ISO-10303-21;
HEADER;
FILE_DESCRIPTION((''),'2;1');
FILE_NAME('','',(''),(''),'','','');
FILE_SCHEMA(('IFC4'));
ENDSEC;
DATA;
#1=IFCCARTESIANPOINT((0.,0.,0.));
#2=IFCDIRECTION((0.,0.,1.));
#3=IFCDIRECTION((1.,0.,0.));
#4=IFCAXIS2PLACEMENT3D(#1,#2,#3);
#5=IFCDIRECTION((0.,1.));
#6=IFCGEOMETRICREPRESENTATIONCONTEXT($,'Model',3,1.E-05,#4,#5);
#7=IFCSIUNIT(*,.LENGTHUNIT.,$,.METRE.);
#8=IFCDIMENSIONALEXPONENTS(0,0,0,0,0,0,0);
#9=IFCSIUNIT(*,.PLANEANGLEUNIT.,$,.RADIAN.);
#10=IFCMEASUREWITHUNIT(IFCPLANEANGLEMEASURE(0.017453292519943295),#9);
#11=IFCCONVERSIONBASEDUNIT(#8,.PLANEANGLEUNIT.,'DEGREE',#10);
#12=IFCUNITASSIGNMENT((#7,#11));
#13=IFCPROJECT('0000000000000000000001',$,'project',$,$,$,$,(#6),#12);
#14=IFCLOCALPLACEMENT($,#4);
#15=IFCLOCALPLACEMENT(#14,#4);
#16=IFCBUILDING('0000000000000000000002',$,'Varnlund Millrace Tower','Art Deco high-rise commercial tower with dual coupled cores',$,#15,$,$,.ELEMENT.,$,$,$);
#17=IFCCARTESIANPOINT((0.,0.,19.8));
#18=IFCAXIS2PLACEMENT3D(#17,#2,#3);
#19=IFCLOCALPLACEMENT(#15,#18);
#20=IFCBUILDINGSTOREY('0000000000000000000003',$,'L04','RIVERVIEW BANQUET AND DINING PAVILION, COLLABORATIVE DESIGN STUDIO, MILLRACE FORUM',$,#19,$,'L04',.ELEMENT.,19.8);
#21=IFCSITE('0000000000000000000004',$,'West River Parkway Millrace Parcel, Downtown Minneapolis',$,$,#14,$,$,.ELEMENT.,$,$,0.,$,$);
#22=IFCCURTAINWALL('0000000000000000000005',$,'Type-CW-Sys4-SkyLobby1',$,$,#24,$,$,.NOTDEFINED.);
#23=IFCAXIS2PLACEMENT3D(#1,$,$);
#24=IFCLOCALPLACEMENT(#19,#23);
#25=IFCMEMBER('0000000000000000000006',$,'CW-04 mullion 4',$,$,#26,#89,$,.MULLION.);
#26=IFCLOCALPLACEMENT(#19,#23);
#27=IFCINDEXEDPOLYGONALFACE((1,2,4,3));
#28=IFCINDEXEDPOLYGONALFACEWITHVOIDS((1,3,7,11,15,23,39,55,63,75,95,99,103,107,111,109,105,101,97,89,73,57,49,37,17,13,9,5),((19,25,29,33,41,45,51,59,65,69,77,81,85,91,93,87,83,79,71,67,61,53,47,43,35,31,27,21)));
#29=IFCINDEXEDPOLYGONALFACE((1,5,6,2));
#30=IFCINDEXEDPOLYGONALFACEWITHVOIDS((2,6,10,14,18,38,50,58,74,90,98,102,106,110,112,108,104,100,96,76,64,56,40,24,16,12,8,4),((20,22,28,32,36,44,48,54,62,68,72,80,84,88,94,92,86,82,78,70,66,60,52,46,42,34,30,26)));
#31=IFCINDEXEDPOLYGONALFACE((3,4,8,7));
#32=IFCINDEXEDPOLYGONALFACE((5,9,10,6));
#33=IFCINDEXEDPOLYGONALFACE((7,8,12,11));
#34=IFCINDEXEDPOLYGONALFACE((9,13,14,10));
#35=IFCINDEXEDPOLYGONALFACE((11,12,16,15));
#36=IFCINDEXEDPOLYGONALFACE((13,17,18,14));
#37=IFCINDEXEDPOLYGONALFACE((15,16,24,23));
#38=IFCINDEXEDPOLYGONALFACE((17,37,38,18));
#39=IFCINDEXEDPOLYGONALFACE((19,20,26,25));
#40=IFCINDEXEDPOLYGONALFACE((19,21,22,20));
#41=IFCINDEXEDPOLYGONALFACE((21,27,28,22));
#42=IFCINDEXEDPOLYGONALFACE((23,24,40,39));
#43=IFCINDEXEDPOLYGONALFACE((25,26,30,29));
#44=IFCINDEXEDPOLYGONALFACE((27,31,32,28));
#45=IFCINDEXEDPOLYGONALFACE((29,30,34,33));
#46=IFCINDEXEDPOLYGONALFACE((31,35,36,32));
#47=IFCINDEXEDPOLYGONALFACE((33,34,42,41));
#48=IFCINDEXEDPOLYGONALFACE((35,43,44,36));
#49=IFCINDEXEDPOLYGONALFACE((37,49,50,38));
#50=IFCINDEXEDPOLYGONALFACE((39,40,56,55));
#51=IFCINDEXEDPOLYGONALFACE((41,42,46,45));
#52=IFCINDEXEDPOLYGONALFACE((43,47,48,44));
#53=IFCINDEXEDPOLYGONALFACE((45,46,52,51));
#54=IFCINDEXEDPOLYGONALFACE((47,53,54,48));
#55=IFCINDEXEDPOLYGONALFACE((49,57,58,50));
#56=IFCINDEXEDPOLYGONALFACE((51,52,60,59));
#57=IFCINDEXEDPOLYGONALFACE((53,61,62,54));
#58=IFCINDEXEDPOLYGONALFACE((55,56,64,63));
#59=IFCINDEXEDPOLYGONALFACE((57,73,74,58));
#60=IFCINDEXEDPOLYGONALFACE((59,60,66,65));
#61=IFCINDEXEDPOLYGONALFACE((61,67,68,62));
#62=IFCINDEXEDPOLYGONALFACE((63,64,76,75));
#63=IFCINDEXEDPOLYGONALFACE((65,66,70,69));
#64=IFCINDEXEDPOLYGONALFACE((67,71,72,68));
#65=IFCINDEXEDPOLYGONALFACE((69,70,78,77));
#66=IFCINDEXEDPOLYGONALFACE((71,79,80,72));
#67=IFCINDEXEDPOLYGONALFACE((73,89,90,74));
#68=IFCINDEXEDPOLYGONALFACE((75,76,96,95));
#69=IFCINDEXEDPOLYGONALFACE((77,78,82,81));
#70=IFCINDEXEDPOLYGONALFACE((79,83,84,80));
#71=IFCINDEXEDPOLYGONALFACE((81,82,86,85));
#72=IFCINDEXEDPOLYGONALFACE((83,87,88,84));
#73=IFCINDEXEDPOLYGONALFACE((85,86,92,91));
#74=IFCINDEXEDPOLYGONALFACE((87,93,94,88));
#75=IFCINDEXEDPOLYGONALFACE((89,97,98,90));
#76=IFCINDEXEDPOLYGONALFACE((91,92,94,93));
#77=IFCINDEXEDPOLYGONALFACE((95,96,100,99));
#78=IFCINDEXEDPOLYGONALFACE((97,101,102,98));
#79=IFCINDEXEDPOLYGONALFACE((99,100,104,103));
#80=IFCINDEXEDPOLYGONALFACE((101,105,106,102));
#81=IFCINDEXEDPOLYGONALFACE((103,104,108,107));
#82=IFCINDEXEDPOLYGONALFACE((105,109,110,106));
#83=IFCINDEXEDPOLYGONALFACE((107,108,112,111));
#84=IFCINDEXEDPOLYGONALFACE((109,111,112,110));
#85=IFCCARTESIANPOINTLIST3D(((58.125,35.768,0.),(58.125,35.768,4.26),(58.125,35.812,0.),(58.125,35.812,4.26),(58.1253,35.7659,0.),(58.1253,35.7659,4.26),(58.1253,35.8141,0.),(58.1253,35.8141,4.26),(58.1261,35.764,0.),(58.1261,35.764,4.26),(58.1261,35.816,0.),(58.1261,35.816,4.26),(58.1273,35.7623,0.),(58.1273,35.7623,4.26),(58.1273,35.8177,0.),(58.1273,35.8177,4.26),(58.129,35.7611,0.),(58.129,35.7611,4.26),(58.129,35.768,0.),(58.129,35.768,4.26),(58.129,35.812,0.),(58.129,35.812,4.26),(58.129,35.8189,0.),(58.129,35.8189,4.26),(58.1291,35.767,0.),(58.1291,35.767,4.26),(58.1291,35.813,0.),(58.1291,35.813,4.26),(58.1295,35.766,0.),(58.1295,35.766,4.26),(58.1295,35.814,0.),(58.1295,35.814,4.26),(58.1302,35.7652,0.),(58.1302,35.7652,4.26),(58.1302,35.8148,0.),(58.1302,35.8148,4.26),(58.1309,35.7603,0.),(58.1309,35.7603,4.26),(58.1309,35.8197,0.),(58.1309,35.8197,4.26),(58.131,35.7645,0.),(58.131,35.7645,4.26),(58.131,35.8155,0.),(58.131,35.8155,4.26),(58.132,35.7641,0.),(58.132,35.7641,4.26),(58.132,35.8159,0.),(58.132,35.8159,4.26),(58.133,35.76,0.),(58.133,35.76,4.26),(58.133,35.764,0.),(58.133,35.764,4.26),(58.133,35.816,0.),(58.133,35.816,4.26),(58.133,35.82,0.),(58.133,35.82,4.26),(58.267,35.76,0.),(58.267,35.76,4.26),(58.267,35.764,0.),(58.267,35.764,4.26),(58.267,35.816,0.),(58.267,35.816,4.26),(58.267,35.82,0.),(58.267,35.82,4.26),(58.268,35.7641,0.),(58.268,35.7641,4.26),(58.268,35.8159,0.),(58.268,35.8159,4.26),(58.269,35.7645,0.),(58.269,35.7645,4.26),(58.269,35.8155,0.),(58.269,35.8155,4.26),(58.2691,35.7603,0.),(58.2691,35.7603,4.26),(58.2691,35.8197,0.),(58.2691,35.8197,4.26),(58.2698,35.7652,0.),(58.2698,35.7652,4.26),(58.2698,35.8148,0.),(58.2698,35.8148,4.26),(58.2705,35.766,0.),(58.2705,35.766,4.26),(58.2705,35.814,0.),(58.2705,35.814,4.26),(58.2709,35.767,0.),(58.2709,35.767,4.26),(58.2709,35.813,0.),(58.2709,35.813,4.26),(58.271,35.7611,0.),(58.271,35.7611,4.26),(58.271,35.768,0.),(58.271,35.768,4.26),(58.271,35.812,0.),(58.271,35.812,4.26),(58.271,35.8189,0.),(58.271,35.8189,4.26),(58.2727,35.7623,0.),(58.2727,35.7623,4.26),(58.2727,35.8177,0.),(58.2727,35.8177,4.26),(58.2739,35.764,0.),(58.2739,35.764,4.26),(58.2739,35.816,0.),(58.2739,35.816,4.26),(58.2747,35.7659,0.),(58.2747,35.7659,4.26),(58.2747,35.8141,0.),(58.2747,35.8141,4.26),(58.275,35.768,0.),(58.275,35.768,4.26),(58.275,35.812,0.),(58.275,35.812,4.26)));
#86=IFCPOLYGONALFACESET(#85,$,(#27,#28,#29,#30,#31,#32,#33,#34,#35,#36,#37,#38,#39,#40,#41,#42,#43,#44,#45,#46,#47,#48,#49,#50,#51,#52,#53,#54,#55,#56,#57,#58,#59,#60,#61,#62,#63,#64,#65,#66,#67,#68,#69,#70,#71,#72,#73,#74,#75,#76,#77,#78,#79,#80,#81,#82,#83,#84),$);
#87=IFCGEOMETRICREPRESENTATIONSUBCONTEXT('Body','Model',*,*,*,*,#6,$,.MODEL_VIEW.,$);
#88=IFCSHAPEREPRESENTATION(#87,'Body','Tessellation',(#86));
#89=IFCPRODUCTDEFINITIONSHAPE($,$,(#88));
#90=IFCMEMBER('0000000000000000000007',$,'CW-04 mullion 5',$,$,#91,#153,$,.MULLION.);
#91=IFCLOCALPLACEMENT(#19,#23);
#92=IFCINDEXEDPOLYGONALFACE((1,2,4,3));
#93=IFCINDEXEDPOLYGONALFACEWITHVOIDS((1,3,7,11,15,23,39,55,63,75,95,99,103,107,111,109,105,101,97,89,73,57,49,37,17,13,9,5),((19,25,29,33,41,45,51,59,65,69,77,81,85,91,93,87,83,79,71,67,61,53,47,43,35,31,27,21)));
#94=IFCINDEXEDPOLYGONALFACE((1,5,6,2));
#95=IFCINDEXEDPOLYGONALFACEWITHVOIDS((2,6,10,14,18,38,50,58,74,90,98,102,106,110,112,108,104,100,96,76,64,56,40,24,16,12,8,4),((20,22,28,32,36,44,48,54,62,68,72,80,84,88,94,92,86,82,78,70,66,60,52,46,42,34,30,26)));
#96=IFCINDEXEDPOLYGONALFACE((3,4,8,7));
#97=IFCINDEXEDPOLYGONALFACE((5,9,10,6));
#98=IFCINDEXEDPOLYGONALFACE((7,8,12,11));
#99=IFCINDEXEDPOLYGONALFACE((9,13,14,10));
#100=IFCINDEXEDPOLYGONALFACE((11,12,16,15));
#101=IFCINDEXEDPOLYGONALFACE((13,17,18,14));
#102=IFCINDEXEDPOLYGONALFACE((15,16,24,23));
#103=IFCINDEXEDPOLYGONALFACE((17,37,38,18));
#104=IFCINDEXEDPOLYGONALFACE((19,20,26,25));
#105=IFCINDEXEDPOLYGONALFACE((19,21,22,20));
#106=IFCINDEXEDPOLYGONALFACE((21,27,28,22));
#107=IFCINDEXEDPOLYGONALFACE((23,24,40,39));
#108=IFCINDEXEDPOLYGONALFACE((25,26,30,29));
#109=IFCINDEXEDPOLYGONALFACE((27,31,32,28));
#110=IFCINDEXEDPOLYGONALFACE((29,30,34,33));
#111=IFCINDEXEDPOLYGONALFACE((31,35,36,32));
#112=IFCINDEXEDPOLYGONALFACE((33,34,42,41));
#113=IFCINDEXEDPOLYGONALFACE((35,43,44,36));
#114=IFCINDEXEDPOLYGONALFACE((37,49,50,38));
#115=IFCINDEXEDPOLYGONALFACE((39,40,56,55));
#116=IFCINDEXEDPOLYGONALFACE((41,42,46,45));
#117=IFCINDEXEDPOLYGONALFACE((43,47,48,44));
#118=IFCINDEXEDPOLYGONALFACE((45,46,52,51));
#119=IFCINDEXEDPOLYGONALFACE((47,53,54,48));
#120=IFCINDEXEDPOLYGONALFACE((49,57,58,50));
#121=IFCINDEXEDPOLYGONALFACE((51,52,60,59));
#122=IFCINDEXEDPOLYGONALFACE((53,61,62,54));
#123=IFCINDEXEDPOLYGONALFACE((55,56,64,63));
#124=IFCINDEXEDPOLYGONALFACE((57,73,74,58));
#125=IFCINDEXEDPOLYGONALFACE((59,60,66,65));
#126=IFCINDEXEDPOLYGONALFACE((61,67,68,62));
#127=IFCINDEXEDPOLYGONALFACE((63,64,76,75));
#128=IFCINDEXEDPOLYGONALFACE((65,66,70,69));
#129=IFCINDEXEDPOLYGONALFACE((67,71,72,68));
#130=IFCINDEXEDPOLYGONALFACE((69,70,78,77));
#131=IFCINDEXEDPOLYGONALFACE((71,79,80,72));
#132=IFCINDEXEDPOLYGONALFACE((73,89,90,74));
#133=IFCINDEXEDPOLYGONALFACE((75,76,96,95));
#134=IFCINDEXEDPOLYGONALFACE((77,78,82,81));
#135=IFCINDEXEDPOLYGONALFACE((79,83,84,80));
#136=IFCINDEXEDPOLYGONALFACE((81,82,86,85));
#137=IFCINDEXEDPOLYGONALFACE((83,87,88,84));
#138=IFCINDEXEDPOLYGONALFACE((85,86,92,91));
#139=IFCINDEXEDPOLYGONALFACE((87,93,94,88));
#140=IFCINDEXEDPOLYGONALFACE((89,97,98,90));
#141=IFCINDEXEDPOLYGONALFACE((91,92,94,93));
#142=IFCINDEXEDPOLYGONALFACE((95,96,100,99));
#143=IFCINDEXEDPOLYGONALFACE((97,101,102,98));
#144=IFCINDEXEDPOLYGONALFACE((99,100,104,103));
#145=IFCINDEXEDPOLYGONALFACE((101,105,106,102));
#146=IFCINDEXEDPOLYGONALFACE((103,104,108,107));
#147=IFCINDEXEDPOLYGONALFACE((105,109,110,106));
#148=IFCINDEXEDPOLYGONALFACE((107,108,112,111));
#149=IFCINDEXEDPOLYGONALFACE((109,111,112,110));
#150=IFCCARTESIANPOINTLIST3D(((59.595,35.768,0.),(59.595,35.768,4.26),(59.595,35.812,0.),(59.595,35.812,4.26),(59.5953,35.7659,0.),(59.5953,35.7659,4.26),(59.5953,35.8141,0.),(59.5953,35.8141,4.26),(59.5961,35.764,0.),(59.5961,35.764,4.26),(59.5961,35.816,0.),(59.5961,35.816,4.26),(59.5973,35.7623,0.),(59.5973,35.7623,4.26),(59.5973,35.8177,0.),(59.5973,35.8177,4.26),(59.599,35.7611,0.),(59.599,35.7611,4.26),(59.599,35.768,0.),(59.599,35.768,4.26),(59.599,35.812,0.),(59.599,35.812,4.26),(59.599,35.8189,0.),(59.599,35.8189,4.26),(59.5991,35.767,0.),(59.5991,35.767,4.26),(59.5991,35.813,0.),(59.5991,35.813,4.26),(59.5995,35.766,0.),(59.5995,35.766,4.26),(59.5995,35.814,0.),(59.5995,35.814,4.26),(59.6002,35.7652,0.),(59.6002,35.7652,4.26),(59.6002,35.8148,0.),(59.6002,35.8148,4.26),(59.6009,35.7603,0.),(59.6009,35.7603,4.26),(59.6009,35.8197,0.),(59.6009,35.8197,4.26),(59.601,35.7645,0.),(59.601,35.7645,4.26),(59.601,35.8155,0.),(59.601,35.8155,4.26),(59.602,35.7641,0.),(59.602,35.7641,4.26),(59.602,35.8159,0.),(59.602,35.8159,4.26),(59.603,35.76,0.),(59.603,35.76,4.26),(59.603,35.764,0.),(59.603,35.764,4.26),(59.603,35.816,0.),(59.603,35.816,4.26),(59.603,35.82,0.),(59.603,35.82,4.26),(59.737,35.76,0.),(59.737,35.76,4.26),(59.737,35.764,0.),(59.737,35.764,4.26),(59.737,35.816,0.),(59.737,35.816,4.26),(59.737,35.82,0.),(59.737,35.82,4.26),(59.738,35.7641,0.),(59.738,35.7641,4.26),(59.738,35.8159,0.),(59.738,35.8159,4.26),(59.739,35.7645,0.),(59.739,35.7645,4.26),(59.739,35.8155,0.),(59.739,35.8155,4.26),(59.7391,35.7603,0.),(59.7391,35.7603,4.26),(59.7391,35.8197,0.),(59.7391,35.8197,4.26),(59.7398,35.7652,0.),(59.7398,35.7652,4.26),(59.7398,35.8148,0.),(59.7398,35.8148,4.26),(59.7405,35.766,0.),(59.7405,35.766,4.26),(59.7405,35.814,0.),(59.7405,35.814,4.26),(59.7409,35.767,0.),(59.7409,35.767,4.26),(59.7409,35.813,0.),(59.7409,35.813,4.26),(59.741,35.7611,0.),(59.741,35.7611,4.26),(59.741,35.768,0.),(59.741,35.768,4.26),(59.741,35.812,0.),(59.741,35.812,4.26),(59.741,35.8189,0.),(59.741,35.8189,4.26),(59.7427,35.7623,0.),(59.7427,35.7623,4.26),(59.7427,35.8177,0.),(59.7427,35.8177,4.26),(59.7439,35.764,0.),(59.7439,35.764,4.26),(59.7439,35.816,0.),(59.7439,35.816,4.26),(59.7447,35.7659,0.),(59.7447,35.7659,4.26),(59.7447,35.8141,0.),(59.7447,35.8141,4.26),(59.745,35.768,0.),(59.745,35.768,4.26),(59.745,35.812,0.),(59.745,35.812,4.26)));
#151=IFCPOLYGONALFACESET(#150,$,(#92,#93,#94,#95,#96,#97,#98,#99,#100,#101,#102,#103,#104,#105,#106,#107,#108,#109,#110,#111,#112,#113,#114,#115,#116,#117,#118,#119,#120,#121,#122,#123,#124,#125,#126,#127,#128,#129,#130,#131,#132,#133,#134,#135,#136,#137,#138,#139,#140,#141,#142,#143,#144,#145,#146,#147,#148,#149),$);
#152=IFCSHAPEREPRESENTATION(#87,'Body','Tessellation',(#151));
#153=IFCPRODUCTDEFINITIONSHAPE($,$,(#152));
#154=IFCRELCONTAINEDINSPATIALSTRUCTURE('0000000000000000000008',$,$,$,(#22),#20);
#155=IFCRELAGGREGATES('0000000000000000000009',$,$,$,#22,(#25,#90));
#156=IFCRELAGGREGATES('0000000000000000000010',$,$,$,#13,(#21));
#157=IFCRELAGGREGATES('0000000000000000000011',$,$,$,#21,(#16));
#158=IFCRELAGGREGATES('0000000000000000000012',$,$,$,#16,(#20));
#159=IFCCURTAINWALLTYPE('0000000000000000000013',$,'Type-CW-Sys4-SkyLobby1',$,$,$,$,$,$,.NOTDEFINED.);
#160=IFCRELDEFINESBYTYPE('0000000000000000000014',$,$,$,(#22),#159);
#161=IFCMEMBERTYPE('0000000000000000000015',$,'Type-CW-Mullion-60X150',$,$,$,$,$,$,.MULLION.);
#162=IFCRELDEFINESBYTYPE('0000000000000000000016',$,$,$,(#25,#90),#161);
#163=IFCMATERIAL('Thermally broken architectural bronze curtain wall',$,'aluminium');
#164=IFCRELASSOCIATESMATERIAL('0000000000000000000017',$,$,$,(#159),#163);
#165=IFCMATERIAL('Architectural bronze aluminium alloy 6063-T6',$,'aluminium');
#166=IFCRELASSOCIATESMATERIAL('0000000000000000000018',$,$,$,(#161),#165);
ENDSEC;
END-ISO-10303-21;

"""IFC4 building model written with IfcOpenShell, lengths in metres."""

from ifc_helpers import new_model, entity, si_unit, converted_unit, direction, frame, origin_with_axes, origin_2d_with_axis, place, context, subcontext, project, spatial, hollow_rectangle, extrude, material, material_profile, profile_set, type_object, element, aggregate, save


model = new_model("IFC4")

# Units and contexts
model_context = context("Model", 3, precision=1e-05, world=origin_with_axes(), true_north=direction((0.0, 1.0)))
body_context = subcontext(model_context, "Body", "Model", "MODEL_VIEW")
ifc_project = project(units=[si_unit("LENGTHUNIT", "METRE"), converted_unit("PLANEANGLEUNIT", "DEGREE", entity("IfcPlaneAngleMeasure", 0.017453292519943295), si_unit("PLANEANGLEUNIT", "RADIAN"), dimensions=[0, 0, 0, 0, 0, 0, 0])], contexts=[model_context])

# Site, building, storey
site_placement = place(None, origin_with_axes())
site = spatial("IfcSite", under=ifc_project, at=site_placement, Name="West River Parkway Millrace Parcel, Downtown Minneapolis", CompositionType="ELEMENT", RefElevation=0.0)
building_placement = place(site_placement, origin_with_axes())
building = spatial("IfcBuilding", under=site, at=building_placement, Name="Varnlund Millrace Tower", Description="Art Deco high-rise commercial tower with dual coupled cores", CompositionType="ELEMENT")
storey_placement = place(building_placement, frame((0.0, 0.0, 19.8), z_axis=(0.0, 0.0, 1.0), x_axis=(1.0, 0.0, 0.0)))
storey = spatial("IfcBuildingStorey", under=building, at=storey_placement, Name="L04", Description="RIVERVIEW BANQUET AND DINING PAVILION, COLLABORATIVE DESIGN STUDIO, MILLRACE FORUM", LongName="L04", CompositionType="ELEMENT", Elevation=19.8)

# Curtain wall, members
ifc_material_1 = material(Name="Thermally broken architectural bronze curtain wall", Category="aluminium")
curtain_wall_type = type_object("IfcCurtainWallType", Name="Type-CW-Sys4-SkyLobby1", PredefinedType="NOTDEFINED", material=ifc_material_1)
curtain_wall_placement = place(storey_placement, frame((53.7, 35.79, 0.0), z_axis=(0.0, 0.0, 1.0), x_axis=(1.0, 0.0, 0.0)))
curtain_wall = element("IfcCurtainWall", 1, at=curtain_wall_placement, inside=storey, type_object=curtain_wall_type, Name="Type-CW-Sys4-SkyLobby1", PredefinedType="NOTDEFINED")
ifc_material_2 = material(Name="Architectural bronze aluminium alloy 6063-T6", Category="aluminium")
ifc_material_profile_1 = material_profile(ifc_material_2, hollow_rectangle(XDim=0.06, YDim=0.15, WallThickness=0.004, InnerFilletRadius=0.004, OuterFilletRadius=0.008, at=origin_2d_with_axis()), Name="Architectural bronze aluminium alloy 6063-T6")
ifc_profile_set_1 = profile_set([ifc_material_profile_1], Name="Architectural bronze aluminium alloy 6063-T6")
member_type_1 = type_object("IfcMemberType", Name="Type-CW-Mullion-60X150", PredefinedType="MULLION", material=ifc_profile_set_1)
member_1_placement = place(storey_placement, frame((58.2, 35.79, 0.0), z_axis=(0.0, 0.0, 1.0), x_axis=(0.0, 1.0, 0.0)))
member_1 = element("IfcMember", 2, at=member_1_placement, type_object=member_type_1, Name="CW-04 mullion 4", PredefinedType="MULLION", context=body_context, shape_type="SweptSolid", body=[
    extrude(hollow_rectangle(XDim=0.06, YDim=0.15, WallThickness=0.004, InnerFilletRadius=0.004, OuterFilletRadius=0.008, at=origin_2d_with_axis()), origin_with_axes(), (0.0, 0.0, 1.0), 4.26),
])
member_2_placement = place(storey_placement, frame((59.67, 35.79, 0.0), z_axis=(0.0, 0.0, 1.0), x_axis=(0.0, 1.0, 0.0)))
member_2 = element("IfcMember", 3, at=member_2_placement, type_object=member_type_1, Name="CW-04 mullion 5", PredefinedType="MULLION", context=body_context, shape_type="SweptSolid", body=[
    extrude(hollow_rectangle(XDim=0.06, YDim=0.15, WallThickness=0.004, InnerFilletRadius=0.004, OuterFilletRadius=0.008, at=origin_2d_with_axis()), origin_with_axes(), (0.0, 0.0, 1.0), 4.26),
])
aggregate(curtain_wall, [member_1, member_2])

save(model, "model.ifc")
